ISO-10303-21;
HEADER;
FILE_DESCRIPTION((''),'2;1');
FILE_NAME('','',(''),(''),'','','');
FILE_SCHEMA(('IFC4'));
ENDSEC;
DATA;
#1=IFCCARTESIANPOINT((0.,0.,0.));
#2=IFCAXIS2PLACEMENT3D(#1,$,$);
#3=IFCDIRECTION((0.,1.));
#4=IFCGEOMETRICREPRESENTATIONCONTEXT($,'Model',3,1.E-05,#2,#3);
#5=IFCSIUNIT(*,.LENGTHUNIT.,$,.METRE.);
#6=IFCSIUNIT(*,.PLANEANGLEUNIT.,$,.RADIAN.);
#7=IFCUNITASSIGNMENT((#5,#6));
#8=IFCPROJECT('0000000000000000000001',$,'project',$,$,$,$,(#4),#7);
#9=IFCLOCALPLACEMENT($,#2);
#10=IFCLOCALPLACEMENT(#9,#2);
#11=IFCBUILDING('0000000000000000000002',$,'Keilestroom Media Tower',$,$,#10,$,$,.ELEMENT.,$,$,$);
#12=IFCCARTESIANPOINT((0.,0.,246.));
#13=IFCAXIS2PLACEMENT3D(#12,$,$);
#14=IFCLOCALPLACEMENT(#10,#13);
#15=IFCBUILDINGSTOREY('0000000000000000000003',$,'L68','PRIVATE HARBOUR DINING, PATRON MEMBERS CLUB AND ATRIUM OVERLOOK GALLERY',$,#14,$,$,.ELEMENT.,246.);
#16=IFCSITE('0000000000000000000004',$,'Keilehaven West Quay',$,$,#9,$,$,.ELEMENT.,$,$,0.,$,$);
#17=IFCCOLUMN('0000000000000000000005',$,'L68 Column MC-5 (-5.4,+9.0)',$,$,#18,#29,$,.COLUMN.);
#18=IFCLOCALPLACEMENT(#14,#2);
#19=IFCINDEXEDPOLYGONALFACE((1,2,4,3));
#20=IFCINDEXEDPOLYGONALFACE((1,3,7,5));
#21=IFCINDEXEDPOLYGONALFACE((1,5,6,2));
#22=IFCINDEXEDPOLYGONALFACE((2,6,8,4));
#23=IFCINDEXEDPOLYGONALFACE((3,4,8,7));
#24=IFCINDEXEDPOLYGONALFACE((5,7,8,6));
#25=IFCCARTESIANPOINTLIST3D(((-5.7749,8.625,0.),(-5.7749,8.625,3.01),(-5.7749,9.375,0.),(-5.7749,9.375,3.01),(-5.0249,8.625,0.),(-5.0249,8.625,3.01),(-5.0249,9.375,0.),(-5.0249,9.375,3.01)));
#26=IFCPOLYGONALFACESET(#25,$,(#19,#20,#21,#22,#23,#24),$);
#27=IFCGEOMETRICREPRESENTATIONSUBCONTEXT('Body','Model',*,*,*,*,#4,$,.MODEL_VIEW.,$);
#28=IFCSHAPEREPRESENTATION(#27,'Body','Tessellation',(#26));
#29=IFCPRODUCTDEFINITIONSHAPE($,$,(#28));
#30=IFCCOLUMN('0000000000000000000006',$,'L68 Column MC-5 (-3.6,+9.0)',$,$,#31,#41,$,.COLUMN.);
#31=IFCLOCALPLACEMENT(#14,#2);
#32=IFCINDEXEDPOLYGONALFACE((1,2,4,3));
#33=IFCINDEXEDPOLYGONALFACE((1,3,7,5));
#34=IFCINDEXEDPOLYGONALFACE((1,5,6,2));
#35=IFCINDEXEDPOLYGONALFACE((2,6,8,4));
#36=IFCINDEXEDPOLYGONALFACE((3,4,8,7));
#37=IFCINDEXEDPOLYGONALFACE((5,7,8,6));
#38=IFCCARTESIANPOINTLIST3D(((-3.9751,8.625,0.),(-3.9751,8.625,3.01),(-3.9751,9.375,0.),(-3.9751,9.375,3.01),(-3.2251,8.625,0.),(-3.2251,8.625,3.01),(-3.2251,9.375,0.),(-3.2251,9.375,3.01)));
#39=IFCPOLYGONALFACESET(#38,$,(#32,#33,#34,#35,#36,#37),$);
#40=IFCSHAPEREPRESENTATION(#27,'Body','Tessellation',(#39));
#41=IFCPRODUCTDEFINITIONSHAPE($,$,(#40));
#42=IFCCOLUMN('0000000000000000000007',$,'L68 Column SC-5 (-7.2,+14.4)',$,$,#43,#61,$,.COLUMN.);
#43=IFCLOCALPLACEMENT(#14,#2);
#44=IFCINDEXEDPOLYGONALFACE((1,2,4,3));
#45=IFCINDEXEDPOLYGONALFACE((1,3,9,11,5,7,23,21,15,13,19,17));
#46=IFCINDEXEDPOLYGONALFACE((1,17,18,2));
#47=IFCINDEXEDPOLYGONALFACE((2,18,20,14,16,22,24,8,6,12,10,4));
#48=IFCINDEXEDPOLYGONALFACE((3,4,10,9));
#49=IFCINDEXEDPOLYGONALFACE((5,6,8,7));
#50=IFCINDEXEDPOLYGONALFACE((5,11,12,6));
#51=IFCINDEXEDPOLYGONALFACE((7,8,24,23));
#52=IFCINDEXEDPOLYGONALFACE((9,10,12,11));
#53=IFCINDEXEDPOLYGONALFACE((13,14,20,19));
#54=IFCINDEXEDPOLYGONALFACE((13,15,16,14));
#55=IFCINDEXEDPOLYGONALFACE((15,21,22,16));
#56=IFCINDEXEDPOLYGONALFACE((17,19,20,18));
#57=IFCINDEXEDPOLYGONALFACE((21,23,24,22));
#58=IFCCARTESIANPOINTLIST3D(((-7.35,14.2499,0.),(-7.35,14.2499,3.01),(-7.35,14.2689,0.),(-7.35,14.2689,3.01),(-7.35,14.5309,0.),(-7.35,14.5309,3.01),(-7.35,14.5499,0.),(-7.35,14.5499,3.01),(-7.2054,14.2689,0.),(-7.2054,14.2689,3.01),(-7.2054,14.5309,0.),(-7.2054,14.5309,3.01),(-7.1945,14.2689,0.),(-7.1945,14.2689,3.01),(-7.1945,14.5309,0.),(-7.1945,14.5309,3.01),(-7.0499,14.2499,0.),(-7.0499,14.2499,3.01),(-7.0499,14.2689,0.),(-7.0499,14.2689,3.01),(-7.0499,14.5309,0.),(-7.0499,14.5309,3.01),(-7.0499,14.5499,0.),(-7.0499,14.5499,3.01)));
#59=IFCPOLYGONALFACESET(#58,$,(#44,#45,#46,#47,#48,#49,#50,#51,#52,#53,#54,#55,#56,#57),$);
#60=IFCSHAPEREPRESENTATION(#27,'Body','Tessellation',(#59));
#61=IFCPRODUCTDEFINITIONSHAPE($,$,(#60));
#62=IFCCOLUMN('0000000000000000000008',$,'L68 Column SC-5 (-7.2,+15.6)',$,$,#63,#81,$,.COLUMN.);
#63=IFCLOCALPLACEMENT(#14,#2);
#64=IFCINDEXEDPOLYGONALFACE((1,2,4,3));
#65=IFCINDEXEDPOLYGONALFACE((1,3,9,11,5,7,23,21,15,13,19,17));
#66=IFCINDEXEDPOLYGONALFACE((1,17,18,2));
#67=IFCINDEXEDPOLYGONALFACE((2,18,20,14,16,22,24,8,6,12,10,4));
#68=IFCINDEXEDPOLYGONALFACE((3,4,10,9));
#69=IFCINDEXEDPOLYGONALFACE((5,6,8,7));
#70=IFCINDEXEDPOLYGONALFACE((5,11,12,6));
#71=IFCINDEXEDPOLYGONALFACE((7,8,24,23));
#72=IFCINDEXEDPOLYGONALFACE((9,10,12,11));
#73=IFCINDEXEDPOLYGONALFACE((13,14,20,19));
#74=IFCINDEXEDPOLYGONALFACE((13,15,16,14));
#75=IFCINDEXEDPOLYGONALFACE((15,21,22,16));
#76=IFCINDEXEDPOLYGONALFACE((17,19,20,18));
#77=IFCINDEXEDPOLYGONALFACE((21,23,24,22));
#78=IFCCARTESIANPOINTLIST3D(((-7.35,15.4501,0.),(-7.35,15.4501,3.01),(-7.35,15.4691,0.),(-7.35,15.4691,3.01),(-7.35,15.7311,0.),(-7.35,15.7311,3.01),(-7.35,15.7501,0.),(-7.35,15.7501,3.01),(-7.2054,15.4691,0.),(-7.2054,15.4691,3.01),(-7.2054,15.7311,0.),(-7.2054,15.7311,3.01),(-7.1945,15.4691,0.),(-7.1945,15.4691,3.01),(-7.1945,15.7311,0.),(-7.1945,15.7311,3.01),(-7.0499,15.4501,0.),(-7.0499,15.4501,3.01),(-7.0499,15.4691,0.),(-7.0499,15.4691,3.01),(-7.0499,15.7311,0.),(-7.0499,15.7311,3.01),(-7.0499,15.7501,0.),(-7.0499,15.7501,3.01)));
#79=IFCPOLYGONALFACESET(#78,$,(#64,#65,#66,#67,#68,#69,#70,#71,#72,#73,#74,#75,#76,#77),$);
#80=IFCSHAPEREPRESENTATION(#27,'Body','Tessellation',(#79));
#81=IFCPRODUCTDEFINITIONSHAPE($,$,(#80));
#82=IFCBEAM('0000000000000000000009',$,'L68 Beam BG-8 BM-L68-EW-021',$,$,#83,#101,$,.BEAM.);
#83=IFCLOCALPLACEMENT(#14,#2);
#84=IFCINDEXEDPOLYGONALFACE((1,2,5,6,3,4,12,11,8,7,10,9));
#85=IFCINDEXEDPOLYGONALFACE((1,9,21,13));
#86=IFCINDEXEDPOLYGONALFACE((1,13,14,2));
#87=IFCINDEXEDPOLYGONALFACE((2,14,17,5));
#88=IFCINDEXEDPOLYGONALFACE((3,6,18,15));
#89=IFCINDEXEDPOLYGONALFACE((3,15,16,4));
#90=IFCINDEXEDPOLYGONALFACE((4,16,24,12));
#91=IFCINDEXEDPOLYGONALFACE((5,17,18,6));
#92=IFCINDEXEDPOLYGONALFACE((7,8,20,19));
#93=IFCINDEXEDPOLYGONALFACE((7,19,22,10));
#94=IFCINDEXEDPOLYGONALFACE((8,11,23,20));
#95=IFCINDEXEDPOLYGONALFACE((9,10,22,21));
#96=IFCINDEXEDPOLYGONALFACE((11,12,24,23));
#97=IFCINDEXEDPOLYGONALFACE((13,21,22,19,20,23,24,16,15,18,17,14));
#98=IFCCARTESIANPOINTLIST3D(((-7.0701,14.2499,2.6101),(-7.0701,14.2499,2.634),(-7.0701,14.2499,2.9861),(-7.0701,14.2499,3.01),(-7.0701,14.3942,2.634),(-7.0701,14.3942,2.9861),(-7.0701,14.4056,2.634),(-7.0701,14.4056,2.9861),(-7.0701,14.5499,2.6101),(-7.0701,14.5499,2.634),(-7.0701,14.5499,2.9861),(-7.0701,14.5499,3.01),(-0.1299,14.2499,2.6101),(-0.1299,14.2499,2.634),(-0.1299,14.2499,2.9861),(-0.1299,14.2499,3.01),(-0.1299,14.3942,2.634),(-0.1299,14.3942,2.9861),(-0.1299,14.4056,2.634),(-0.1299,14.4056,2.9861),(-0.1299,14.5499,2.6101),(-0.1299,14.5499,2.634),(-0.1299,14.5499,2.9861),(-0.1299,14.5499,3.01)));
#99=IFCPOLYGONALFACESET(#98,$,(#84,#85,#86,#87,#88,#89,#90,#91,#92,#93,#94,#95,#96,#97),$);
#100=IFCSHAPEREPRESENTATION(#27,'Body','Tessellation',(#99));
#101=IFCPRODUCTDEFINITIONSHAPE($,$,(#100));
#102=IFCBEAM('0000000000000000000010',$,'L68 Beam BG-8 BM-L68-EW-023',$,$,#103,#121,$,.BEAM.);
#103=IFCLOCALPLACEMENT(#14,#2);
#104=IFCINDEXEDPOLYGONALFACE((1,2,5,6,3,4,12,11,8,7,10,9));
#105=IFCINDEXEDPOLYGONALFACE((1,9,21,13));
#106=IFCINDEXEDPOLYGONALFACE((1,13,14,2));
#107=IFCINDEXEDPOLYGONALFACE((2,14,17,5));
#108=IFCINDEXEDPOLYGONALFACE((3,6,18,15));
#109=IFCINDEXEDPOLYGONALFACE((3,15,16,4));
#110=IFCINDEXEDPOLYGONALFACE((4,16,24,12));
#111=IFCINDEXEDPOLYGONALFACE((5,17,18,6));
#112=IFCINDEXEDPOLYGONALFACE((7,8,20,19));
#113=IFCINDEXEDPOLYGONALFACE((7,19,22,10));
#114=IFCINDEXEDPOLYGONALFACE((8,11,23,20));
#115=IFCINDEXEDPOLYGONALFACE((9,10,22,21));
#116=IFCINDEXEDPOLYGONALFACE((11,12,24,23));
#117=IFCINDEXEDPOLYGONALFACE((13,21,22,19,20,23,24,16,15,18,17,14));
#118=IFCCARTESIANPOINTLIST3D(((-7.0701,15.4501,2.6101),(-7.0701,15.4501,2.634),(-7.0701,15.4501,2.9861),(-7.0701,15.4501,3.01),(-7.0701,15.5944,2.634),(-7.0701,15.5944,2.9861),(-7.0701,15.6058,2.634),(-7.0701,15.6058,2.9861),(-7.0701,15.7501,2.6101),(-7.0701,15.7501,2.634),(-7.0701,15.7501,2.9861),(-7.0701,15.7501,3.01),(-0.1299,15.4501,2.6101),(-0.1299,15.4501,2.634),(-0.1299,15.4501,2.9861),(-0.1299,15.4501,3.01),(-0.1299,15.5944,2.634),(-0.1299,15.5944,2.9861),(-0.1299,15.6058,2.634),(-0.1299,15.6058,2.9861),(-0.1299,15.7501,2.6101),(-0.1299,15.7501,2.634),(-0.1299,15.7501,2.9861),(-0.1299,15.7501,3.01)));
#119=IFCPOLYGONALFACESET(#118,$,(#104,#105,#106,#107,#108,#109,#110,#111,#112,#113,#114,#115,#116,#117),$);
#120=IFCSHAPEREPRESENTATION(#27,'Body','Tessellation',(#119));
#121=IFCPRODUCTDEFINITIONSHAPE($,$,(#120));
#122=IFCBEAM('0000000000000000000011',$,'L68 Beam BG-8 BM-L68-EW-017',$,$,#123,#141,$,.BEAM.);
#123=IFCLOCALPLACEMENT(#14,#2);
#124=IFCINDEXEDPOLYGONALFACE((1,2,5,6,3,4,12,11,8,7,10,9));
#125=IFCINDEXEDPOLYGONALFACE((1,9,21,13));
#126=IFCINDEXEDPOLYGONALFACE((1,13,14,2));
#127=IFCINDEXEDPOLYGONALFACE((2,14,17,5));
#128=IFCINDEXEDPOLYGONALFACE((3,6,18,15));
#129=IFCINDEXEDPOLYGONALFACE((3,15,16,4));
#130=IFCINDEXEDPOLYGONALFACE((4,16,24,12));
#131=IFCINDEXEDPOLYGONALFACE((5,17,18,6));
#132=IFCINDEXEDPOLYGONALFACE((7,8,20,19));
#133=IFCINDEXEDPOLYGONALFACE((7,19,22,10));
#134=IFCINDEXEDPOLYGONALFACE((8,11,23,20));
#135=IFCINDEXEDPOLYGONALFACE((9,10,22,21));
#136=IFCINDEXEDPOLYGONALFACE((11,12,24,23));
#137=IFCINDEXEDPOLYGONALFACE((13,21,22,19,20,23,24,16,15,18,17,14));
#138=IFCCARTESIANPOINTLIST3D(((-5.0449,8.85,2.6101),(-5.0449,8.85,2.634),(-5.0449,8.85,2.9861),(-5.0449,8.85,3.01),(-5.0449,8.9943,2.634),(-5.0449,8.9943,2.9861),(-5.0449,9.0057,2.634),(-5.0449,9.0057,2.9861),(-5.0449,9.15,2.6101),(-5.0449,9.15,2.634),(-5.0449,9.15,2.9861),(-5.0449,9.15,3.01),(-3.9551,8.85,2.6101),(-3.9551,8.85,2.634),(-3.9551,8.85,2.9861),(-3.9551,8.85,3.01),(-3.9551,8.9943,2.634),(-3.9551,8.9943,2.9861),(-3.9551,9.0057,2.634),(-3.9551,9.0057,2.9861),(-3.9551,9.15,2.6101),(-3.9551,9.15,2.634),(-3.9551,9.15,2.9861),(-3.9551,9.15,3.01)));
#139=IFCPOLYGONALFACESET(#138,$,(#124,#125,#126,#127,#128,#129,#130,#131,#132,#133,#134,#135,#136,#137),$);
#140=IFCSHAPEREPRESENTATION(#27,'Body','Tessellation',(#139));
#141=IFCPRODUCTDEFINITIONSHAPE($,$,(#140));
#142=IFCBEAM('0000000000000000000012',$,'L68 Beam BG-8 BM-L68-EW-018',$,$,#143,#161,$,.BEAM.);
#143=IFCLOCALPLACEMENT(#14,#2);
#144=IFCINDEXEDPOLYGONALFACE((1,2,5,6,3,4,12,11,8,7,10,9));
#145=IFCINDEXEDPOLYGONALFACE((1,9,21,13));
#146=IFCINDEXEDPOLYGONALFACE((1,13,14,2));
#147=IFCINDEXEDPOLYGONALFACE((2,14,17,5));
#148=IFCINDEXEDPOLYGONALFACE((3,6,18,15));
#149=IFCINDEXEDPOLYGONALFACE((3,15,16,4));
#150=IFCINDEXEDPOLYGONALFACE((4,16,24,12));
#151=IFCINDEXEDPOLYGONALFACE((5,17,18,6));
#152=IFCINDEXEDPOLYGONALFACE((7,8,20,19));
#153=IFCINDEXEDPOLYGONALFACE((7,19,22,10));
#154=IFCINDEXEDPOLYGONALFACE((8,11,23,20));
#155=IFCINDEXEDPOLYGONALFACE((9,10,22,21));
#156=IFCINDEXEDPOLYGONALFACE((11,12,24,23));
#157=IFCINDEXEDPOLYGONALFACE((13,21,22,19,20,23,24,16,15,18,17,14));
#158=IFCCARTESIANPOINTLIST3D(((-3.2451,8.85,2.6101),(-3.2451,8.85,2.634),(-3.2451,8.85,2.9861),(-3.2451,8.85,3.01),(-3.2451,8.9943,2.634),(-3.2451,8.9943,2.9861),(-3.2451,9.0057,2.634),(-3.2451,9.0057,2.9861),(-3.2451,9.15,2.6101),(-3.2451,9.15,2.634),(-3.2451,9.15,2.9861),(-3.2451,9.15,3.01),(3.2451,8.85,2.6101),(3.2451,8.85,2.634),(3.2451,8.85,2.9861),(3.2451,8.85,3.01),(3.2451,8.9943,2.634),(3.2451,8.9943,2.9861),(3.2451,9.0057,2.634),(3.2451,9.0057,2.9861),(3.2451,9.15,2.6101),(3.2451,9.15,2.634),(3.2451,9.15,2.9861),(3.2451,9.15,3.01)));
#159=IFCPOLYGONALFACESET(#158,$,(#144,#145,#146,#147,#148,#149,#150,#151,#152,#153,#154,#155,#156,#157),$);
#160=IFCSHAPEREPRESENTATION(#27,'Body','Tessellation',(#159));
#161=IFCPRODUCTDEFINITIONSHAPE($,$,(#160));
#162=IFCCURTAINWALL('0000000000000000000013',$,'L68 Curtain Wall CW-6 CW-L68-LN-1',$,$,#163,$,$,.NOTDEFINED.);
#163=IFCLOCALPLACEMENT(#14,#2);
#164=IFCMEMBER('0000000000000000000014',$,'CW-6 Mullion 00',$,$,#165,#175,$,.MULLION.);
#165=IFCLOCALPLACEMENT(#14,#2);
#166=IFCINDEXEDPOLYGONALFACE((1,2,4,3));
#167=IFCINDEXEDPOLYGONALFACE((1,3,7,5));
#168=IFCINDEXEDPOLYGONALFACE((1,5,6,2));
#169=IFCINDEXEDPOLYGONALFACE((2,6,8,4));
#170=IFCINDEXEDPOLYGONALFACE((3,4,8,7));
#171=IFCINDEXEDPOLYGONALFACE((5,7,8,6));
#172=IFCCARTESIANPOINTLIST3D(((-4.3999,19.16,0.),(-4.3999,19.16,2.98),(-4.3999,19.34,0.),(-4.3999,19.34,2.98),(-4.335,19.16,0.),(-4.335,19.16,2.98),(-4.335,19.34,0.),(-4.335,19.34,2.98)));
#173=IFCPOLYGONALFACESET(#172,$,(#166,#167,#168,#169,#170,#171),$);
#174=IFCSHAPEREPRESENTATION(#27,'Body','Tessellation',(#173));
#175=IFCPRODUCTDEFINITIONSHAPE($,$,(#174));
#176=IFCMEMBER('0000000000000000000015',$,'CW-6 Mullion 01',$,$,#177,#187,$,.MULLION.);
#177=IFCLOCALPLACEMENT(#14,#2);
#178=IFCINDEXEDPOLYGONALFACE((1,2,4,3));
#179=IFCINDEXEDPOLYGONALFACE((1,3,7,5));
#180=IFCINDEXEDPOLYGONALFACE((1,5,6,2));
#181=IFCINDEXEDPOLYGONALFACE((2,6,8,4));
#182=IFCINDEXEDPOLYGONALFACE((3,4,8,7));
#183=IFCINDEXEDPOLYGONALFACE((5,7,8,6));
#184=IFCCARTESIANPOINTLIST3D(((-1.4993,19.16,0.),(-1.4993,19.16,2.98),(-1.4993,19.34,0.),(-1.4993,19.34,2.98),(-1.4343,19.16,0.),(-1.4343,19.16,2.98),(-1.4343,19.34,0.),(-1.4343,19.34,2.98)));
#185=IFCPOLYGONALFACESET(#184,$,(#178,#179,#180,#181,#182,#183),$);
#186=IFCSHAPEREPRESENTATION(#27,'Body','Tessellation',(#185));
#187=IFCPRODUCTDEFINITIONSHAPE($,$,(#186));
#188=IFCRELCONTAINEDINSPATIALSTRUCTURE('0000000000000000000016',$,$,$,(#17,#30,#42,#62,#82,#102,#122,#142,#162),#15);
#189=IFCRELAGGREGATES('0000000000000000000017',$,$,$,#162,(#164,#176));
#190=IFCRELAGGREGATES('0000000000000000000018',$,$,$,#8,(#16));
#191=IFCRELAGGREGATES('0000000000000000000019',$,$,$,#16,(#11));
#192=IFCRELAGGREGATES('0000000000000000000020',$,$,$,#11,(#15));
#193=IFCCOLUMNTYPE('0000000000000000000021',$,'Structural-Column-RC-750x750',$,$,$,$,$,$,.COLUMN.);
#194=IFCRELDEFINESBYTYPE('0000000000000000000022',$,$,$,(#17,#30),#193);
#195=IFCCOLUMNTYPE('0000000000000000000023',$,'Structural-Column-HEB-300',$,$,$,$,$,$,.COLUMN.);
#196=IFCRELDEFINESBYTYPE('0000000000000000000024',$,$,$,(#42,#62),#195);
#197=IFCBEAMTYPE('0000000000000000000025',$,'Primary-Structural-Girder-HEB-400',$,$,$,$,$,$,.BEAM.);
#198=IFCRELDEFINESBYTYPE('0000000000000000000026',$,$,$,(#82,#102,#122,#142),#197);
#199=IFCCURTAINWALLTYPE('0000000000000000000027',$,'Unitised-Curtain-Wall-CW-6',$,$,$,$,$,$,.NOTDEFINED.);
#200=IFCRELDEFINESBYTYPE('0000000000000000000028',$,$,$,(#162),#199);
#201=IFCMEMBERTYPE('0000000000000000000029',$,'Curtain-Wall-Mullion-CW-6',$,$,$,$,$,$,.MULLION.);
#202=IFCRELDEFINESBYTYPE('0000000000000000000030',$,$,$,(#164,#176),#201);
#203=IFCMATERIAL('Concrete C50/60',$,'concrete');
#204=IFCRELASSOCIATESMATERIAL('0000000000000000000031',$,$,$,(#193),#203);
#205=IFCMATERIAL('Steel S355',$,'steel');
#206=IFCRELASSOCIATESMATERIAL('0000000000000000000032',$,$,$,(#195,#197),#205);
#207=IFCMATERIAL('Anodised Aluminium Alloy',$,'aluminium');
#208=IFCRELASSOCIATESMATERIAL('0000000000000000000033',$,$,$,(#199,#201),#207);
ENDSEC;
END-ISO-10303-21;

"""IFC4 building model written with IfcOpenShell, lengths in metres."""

from ifc_helpers import new_model, si_unit, direction, frame, origin, origin_2d, place, context, subcontext, project, spatial, rectangle, i_section, extrude, source, transform, mapped, material, material_profile, profile_set, type_object, element, aggregate, save


model = new_model("IFC4")

# Units and contexts
model_context = context("Model", 3, precision=1e-05, world=origin(), true_north=direction((0.0, 1.0)))
body_context = subcontext(model_context, "Body", "Model", "MODEL_VIEW")
ifc_project = project(units=[si_unit("LENGTHUNIT", "METRE"), si_unit("PLANEANGLEUNIT", "RADIAN")], contexts=[model_context])

# Site, building, storey
site_placement = place(None, origin())
site = spatial("IfcSite", under=ifc_project, at=site_placement, Name="Keilehaven West Quay", CompositionType="ELEMENT", RefElevation=0.0)
building_placement = place(site_placement, origin())
building = spatial("IfcBuilding", under=site, at=building_placement, Name="Keilestroom Media Tower", CompositionType="ELEMENT")
storey_placement = place(building_placement, frame((0.0, 0.0, 246.0)))
storey = spatial("IfcBuildingStorey", under=building, at=storey_placement, Name="L68", Description="PRIVATE HARBOUR DINING, PATRON MEMBERS CLUB AND ATRIUM OVERLOOK GALLERY", CompositionType="ELEMENT", Elevation=246.0)

# Columns
ifc_material_1 = material(Name="Concrete C50/60", Category="concrete")
ifc_material_profile_1 = material_profile(ifc_material_1, rectangle(XDim=0.75, YDim=0.75, at=origin_2d()), Name="RC 750x750")
ifc_profile_set_1 = profile_set([ifc_material_profile_1], Name="Concrete C50/60")
column_type_1 = type_object("IfcColumnType", Name="Structural-Column-RC-750x750", PredefinedType="COLUMN", material=ifc_profile_set_1)
shared_shape_1 = source(origin(), body_context, "Body", "SweptSolid", [
    extrude(rectangle(XDim=0.75, YDim=0.75, at=origin_2d()), origin(), (0.0, 0.0, 1.0), 3.01),
])
for number, where, z_axis, x_axis, name in (
    (1, (-5.3999, 9.0, 0.0), (0.0, 0.0, 1.0), (1.0, 0.0, 0.0), "L68 Column MC-5 (-5.4,+9.0)"),
    (2, (-3.6001, 9.0, 0.0), (0.0, 0.0, 1.0), (1.0, 0.0, 0.0), "L68 Column MC-5 (-3.6,+9.0)"),
):
    element("IfcColumn", number, at=place(storey_placement, frame(where, z_axis=z_axis, x_axis=x_axis)), inside=storey, type_object=column_type_1, Name=name, PredefinedType="COLUMN", context=body_context, shape_type="MappedRepresentation", body=[
        mapped(shared_shape_1, transform((0.0, 0.0, 0.0), x_axis=(1.0, 0.0, 0.0), y_axis=(0.0, 1.0, 0.0), z_axis=(0.0, 0.0, 1.0), scale=1.0)),
    ])
ifc_material_2 = material(Name="Steel S355", Category="steel")
ifc_material_profile_2 = material_profile(ifc_material_2, i_section(OverallWidth=0.3, OverallDepth=0.3, WebThickness=0.011, FlangeThickness=0.019, at=origin_2d()), Name="HEB 300")
ifc_profile_set_2 = profile_set([ifc_material_profile_2], Name="Steel S355")
column_type_2 = type_object("IfcColumnType", Name="Structural-Column-HEB-300", PredefinedType="COLUMN", material=ifc_profile_set_2)
shared_shape_2 = source(origin(), body_context, "Body", "SweptSolid", [
    extrude(i_section(OverallWidth=0.3, OverallDepth=0.3, WebThickness=0.011, FlangeThickness=0.019, at=origin_2d()), origin(), (0.0, 0.0, 1.0), 3.01),
])
for number, where, z_axis, x_axis, name in (
    (3, (-7.2, 14.3999, 0.0), (0.0, 0.0, 1.0), (1.0, 0.0, 0.0), "L68 Column SC-5 (-7.2,+14.4)"),
    (4, (-7.2, 15.6001, 0.0), (0.0, 0.0, 1.0), (1.0, 0.0, 0.0), "L68 Column SC-5 (-7.2,+15.6)"),
):
    element("IfcColumn", number, at=place(storey_placement, frame(where, z_axis=z_axis, x_axis=x_axis)), inside=storey, type_object=column_type_2, Name=name, PredefinedType="COLUMN", context=body_context, shape_type="MappedRepresentation", body=[
        mapped(shared_shape_2, transform((0.0, 0.0, 0.0), x_axis=(1.0, 0.0, 0.0), y_axis=(0.0, 1.0, 0.0), z_axis=(0.0, 0.0, 1.0), scale=1.0)),
    ])

# Beams
ifc_material_profile_3 = material_profile(ifc_material_2, i_section(OverallWidth=0.3, OverallDepth=0.3999, WebThickness=0.0115, FlangeThickness=0.0239, at=origin_2d()), Name="HEB 400")
ifc_profile_set_3 = profile_set([ifc_material_profile_3], Name="Steel S355")
beam_type = type_object("IfcBeamType", Name="Primary-Structural-Girder-HEB-400", PredefinedType="BEAM", material=ifc_profile_set_3)
shared_shape_3 = source(origin(), body_context, "Body", "SweptSolid", [
    extrude(i_section(OverallWidth=0.3, OverallDepth=0.3999, WebThickness=0.0115, FlangeThickness=0.0239, at=origin_2d()), origin(), (0.0, 0.0, 1.0), 6.9402),
])
for number, where, z_axis, x_axis, name in (
    (5, (-7.0701, 14.3999, 2.8101), (1.0, 0.0, 0.0), (0.0, 1.0, 0.0), "L68 Beam BG-8 BM-L68-EW-021"),
    (6, (-7.0701, 15.6001, 2.8101), (1.0, 0.0, 0.0), (0.0, 1.0, 0.0), "L68 Beam BG-8 BM-L68-EW-023"),
):
    element("IfcBeam", number, at=place(storey_placement, frame(where, z_axis=z_axis, x_axis=x_axis)), inside=storey, type_object=beam_type, Name=name, PredefinedType="BEAM", context=body_context, shape_type="MappedRepresentation", body=[
        mapped(shared_shape_3, transform((0.0, 0.0, 0.0), x_axis=(1.0, 0.0, 0.0), y_axis=(0.0, 1.0, 0.0), z_axis=(0.0, 0.0, 1.0), scale=1.0)),
    ])
shared_shape_4 = source(origin(), body_context, "Body", "SweptSolid", [
    extrude(i_section(OverallWidth=0.3, OverallDepth=0.3999, WebThickness=0.0115, FlangeThickness=0.0239, at=origin_2d()), origin(), (0.0, 0.0, 1.0), 1.0898),
])
beam_1_placement = place(storey_placement, frame((-5.0449, 9.0, 2.8101), z_axis=(1.0, 0.0, 0.0), x_axis=(0.0, 1.0, 0.0)))
element("IfcBeam", 7, at=beam_1_placement, inside=storey, type_object=beam_type, Name="L68 Beam BG-8 BM-L68-EW-017", PredefinedType="BEAM", context=body_context, shape_type="MappedRepresentation", body=[
    mapped(shared_shape_4, transform((0.0, 0.0, 0.0), x_axis=(1.0, 0.0, 0.0), y_axis=(0.0, 1.0, 0.0), z_axis=(0.0, 0.0, 1.0), scale=1.0)),
])
shared_shape_5 = source(origin(), body_context, "Body", "SweptSolid", [
    extrude(i_section(OverallWidth=0.3, OverallDepth=0.3999, WebThickness=0.0115, FlangeThickness=0.0239, at=origin_2d()), origin(), (0.0, 0.0, 1.0), 6.4902),
])
beam_2_placement = place(storey_placement, frame((-3.2451, 9.0, 2.8101), z_axis=(1.0, 0.0, 0.0), x_axis=(0.0, 1.0, 0.0)))
element("IfcBeam", 8, at=beam_2_placement, inside=storey, type_object=beam_type, Name="L68 Beam BG-8 BM-L68-EW-018", PredefinedType="BEAM", context=body_context, shape_type="MappedRepresentation", body=[
    mapped(shared_shape_5, transform((0.0, 0.0, 0.0), x_axis=(1.0, 0.0, 0.0), y_axis=(0.0, 1.0, 0.0), z_axis=(0.0, 0.0, 1.0), scale=1.0)),
])

# Curtain wall, members
ifc_material_3 = material(Name="Anodised Aluminium Alloy", Category="aluminium")
curtain_wall_type = type_object("IfcCurtainWallType", Name="Unitised-Curtain-Wall-CW-6", PredefinedType="NOTDEFINED", material=ifc_material_3)
curtain_wall_placement = place(storey_placement, origin())
curtain_wall = element("IfcCurtainWall", 9, at=curtain_wall_placement, inside=storey, type_object=curtain_wall_type, Name="L68 Curtain Wall CW-6 CW-L68-LN-1", PredefinedType="NOTDEFINED")
ifc_material_profile_4 = material_profile(ifc_material_3, rectangle(XDim=0.0649, YDim=0.1799, at=origin_2d()), Name="ALU MULLION 65x180")
ifc_profile_set_4 = profile_set([ifc_material_profile_4], Name="Anodised Aluminium Alloy")
member_type_1 = type_object("IfcMemberType", Name="Curtain-Wall-Mullion-CW-6", PredefinedType="MULLION", material=ifc_profile_set_4)
shared_shape_6 = source(origin(), body_context, "Body", "SweptSolid", [
    extrude(rectangle(XDim=0.0649, YDim=0.1799, at=origin_2d()), origin(), (0.0, 0.0, 1.0), 2.98),
])
member_1_placement = place(storey_placement, frame((-4.3674, 19.25, 0.0), z_axis=(0.0, 0.0, 1.0), x_axis=(1.0, 0.0, 0.0)))
member_1 = element("IfcMember", 10, at=member_1_placement, type_object=member_type_1, Name="CW-6 Mullion 00", PredefinedType="MULLION", context=body_context, shape_type="MappedRepresentation", body=[
    mapped(shared_shape_6, transform((0.0, 0.0, 0.0), x_axis=(1.0, 0.0, 0.0), y_axis=(0.0, 1.0, 0.0), z_axis=(0.0, 0.0, 1.0), scale=1.0)),
])
member_2_placement = place(storey_placement, frame((-1.4668, 19.25, 0.0), z_axis=(0.0, 0.0, 1.0), x_axis=(1.0, 0.0, 0.0)))
member_2 = element("IfcMember", 11, at=member_2_placement, type_object=member_type_1, Name="CW-6 Mullion 01", PredefinedType="MULLION", context=body_context, shape_type="MappedRepresentation", body=[
    mapped(shared_shape_6, transform((0.0, 0.0, 0.0), x_axis=(1.0, 0.0, 0.0), y_axis=(0.0, 1.0, 0.0), z_axis=(0.0, 0.0, 1.0), scale=1.0)),
])
aggregate(curtain_wall, [member_1, member_2])

save(model, "model.ifc")
